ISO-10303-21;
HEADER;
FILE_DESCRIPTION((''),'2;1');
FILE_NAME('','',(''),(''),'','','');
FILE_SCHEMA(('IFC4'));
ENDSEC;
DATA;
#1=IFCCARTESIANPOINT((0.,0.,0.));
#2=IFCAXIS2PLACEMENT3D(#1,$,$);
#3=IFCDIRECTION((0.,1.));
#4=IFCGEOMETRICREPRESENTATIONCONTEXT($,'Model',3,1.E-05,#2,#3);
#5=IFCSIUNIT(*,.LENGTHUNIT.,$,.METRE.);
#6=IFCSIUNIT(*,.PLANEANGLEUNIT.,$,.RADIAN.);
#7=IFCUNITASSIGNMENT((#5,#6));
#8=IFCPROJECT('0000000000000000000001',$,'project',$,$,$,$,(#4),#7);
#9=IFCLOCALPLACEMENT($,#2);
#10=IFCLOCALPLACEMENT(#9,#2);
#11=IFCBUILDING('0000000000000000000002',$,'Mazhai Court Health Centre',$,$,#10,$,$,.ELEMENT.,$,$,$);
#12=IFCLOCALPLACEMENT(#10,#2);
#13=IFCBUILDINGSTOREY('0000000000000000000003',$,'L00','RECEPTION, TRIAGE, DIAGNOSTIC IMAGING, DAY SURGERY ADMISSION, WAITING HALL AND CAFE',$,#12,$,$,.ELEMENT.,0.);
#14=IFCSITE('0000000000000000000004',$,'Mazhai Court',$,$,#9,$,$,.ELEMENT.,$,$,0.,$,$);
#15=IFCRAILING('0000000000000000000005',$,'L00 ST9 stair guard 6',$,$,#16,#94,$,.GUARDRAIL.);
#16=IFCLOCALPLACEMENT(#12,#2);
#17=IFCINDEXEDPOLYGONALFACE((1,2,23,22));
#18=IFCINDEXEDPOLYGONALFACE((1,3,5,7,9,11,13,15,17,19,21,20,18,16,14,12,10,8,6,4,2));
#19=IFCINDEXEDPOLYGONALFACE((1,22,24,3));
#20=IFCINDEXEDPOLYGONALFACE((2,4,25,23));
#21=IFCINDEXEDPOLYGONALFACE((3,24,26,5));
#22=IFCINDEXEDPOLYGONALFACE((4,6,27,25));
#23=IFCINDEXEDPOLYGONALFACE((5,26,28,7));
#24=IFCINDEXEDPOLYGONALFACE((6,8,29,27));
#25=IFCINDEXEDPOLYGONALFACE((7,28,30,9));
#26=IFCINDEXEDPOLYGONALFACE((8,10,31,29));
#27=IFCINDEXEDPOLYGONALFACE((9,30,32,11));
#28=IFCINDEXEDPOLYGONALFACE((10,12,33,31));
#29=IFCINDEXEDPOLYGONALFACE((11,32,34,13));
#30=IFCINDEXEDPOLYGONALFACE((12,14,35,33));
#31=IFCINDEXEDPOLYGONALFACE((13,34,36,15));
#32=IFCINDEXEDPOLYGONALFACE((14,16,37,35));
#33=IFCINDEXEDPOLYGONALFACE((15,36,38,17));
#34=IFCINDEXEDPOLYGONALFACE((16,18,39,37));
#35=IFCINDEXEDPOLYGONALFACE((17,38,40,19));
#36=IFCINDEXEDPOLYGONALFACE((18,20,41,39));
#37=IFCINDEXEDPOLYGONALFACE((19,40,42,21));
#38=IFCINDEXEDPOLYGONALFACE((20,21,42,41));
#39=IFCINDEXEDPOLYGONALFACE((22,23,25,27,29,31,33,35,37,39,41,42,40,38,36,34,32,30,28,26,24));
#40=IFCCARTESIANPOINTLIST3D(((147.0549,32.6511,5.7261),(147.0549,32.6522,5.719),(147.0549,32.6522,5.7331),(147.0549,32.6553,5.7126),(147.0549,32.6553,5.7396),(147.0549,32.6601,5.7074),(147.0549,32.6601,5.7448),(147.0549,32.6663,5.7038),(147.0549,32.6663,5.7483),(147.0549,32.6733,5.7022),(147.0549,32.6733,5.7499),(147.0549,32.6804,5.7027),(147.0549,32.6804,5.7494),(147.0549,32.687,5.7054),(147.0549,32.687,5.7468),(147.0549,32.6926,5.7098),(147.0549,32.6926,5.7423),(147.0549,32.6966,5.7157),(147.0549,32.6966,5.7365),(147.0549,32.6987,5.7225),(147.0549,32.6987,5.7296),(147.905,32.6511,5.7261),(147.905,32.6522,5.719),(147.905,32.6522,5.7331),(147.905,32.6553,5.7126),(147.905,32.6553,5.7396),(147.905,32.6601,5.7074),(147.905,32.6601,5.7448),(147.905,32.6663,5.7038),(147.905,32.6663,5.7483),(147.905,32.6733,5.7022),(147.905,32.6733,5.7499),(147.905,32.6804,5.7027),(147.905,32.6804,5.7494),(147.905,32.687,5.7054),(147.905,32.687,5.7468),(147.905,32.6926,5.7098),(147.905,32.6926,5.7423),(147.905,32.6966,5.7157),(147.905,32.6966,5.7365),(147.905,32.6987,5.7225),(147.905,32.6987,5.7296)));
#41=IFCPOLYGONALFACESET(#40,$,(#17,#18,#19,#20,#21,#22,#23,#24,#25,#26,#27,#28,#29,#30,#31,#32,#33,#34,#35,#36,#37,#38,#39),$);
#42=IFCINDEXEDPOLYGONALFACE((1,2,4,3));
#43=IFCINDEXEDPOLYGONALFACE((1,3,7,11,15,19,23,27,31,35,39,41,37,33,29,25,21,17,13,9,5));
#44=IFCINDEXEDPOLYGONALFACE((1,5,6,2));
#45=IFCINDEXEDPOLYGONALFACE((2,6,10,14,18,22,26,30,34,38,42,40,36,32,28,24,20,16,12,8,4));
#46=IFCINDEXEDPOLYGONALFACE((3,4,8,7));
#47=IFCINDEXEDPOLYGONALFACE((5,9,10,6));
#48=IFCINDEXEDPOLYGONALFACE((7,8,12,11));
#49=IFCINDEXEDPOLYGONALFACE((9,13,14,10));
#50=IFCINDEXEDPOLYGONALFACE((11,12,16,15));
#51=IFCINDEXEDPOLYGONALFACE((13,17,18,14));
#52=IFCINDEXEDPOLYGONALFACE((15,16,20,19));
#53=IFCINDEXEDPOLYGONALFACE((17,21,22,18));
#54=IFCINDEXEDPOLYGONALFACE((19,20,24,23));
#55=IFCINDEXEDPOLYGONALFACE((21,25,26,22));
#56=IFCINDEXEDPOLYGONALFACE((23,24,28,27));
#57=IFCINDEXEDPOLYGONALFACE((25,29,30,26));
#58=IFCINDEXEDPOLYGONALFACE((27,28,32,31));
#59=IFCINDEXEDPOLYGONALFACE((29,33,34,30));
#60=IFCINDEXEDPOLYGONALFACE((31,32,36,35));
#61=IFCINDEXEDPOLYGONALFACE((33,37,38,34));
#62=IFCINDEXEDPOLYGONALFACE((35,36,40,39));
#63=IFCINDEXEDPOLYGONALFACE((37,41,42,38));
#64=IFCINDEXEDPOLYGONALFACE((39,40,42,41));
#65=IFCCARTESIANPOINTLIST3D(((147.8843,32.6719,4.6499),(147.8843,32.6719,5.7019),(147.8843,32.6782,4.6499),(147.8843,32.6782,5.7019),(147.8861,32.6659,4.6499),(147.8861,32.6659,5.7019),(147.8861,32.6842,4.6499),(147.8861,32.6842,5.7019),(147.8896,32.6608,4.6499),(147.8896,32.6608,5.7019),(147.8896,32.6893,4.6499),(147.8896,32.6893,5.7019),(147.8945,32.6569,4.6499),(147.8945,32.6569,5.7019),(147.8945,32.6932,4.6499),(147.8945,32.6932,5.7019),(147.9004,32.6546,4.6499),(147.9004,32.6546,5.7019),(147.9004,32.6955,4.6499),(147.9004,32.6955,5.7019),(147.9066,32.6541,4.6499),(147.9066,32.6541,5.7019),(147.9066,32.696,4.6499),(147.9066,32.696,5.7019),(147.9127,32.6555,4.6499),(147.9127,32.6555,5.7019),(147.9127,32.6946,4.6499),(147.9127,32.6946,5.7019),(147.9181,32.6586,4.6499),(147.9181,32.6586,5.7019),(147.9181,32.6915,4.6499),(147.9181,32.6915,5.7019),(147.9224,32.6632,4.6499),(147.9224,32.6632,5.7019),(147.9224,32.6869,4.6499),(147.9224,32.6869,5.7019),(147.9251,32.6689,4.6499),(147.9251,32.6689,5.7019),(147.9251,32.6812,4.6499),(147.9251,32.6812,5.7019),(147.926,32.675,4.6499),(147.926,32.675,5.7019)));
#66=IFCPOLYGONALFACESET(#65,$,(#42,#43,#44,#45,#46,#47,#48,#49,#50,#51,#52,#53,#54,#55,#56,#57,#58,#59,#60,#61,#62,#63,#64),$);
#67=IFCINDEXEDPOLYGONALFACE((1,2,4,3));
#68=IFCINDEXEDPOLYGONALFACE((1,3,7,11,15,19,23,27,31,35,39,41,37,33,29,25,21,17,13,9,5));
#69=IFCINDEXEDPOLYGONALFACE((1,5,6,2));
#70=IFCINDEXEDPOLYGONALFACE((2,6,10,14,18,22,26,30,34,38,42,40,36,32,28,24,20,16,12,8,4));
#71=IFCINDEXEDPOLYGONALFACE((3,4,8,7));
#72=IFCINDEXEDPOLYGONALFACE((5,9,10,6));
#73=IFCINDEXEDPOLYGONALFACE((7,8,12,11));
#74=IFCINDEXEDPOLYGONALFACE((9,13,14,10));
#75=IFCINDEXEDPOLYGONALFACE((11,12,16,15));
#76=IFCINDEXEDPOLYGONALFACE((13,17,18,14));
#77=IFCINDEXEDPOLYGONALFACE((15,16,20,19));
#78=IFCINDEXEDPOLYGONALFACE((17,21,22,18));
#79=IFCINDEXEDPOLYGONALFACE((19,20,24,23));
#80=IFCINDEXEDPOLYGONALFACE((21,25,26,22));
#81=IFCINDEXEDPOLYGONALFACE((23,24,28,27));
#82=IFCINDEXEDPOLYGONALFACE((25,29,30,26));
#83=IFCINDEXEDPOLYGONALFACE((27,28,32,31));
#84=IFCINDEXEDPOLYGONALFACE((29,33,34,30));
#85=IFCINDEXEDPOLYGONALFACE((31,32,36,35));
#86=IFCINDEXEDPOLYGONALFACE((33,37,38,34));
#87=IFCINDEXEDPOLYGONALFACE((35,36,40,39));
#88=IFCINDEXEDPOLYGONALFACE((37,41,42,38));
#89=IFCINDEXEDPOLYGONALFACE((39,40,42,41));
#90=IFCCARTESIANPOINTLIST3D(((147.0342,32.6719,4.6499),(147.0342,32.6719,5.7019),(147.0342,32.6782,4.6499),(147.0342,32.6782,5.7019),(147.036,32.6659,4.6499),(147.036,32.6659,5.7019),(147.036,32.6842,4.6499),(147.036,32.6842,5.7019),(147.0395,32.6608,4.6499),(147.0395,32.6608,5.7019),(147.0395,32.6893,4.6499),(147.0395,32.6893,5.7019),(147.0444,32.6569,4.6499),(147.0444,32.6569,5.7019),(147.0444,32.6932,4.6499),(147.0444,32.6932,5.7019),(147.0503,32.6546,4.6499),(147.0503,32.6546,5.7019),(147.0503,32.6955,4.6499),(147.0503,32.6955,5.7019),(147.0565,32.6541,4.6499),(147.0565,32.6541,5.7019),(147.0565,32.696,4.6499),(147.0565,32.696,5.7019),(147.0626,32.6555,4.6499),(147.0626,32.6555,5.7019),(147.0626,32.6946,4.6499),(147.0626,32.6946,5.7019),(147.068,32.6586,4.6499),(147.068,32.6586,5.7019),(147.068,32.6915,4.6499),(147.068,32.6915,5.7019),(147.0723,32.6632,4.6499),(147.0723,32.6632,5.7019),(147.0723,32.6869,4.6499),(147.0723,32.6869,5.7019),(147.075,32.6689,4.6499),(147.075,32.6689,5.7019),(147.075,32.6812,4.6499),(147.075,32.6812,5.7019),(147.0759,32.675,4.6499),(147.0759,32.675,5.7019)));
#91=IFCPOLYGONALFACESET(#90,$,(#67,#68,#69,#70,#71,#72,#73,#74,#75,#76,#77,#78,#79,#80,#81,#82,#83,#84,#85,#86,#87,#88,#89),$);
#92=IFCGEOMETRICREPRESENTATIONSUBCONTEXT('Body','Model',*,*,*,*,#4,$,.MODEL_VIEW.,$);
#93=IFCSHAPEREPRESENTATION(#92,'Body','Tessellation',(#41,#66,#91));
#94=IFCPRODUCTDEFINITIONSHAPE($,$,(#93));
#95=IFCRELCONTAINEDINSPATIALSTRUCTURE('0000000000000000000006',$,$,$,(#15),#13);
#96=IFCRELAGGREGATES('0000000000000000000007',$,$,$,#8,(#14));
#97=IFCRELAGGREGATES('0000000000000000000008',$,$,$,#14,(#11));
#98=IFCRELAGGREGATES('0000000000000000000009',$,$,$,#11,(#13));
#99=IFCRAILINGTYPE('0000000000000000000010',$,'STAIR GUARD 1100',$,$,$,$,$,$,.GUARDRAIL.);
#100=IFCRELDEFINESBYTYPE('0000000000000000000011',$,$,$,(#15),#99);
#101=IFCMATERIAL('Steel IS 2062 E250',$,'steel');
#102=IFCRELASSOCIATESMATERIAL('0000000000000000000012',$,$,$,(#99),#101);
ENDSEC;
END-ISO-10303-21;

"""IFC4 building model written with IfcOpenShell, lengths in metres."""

from ifc_helpers import new_model, si_unit, direction, frame, origin, origin_2d, place, context, subcontext, project, spatial, circle, extrude, material, type_object, element, save


model = new_model("IFC4")

# Units and contexts
model_context = context("Model", 3, precision=1e-05, world=origin(), true_north=direction((0.0, 1.0)))
body_context = subcontext(model_context, "Body", "Model", "MODEL_VIEW")
ifc_project = project(units=[si_unit("LENGTHUNIT", "METRE"), si_unit("PLANEANGLEUNIT", "RADIAN")], contexts=[model_context])

# Site, building, storey
site_placement = place(None, origin())
site = spatial("IfcSite", under=ifc_project, at=site_placement, Name="Mazhai Court", CompositionType="ELEMENT", RefElevation=0.0)
building_placement = place(site_placement, origin())
building = spatial("IfcBuilding", under=site, at=building_placement, Name="Mazhai Court Health Centre", CompositionType="ELEMENT")
storey_placement = place(building_placement, origin())
storey = spatial("IfcBuildingStorey", under=building, at=storey_placement, Name="L00", Description="RECEPTION, TRIAGE, DIAGNOSTIC IMAGING, DAY SURGERY ADMISSION, WAITING HALL AND CAFE", CompositionType="ELEMENT", Elevation=0.0)

# Railing
ifc_material_1 = material(Name="Steel IS 2062 E250", Category="steel")
railing_type_1 = type_object("IfcRailingType", Name="STAIR GUARD 1100", PredefinedType="GUARDRAIL", material=ifc_material_1)
railing_1_placement = place(storey_placement, frame((147.905, 32.675, 4.6499)))
element("IfcRailing", 1, at=railing_1_placement, inside=storey, type_object=railing_type_1, Name="L00 ST9 stair guard 6", PredefinedType="GUARDRAIL", context=body_context, shape_type="SweptSolid", body=[
    extrude(circle(Radius=0.0239, at=origin_2d()), frame((0.0, 0.0, 1.0762), z_axis=(-1.0, 0.0, 0.0), x_axis=(0.0, -1.0, 0.0)), (0.0, 0.0, 1.0), 0.8501),
    extrude(circle(Radius=0.021, at=origin_2d()), origin(), (0.0, 0.0, 1.0), 1.052),
    extrude(circle(Radius=0.021, at=origin_2d()), frame((-0.8501, 0.0, 0.0)), (0.0, 0.0, 1.0), 1.052),
])

save(model, "model.ifc")
